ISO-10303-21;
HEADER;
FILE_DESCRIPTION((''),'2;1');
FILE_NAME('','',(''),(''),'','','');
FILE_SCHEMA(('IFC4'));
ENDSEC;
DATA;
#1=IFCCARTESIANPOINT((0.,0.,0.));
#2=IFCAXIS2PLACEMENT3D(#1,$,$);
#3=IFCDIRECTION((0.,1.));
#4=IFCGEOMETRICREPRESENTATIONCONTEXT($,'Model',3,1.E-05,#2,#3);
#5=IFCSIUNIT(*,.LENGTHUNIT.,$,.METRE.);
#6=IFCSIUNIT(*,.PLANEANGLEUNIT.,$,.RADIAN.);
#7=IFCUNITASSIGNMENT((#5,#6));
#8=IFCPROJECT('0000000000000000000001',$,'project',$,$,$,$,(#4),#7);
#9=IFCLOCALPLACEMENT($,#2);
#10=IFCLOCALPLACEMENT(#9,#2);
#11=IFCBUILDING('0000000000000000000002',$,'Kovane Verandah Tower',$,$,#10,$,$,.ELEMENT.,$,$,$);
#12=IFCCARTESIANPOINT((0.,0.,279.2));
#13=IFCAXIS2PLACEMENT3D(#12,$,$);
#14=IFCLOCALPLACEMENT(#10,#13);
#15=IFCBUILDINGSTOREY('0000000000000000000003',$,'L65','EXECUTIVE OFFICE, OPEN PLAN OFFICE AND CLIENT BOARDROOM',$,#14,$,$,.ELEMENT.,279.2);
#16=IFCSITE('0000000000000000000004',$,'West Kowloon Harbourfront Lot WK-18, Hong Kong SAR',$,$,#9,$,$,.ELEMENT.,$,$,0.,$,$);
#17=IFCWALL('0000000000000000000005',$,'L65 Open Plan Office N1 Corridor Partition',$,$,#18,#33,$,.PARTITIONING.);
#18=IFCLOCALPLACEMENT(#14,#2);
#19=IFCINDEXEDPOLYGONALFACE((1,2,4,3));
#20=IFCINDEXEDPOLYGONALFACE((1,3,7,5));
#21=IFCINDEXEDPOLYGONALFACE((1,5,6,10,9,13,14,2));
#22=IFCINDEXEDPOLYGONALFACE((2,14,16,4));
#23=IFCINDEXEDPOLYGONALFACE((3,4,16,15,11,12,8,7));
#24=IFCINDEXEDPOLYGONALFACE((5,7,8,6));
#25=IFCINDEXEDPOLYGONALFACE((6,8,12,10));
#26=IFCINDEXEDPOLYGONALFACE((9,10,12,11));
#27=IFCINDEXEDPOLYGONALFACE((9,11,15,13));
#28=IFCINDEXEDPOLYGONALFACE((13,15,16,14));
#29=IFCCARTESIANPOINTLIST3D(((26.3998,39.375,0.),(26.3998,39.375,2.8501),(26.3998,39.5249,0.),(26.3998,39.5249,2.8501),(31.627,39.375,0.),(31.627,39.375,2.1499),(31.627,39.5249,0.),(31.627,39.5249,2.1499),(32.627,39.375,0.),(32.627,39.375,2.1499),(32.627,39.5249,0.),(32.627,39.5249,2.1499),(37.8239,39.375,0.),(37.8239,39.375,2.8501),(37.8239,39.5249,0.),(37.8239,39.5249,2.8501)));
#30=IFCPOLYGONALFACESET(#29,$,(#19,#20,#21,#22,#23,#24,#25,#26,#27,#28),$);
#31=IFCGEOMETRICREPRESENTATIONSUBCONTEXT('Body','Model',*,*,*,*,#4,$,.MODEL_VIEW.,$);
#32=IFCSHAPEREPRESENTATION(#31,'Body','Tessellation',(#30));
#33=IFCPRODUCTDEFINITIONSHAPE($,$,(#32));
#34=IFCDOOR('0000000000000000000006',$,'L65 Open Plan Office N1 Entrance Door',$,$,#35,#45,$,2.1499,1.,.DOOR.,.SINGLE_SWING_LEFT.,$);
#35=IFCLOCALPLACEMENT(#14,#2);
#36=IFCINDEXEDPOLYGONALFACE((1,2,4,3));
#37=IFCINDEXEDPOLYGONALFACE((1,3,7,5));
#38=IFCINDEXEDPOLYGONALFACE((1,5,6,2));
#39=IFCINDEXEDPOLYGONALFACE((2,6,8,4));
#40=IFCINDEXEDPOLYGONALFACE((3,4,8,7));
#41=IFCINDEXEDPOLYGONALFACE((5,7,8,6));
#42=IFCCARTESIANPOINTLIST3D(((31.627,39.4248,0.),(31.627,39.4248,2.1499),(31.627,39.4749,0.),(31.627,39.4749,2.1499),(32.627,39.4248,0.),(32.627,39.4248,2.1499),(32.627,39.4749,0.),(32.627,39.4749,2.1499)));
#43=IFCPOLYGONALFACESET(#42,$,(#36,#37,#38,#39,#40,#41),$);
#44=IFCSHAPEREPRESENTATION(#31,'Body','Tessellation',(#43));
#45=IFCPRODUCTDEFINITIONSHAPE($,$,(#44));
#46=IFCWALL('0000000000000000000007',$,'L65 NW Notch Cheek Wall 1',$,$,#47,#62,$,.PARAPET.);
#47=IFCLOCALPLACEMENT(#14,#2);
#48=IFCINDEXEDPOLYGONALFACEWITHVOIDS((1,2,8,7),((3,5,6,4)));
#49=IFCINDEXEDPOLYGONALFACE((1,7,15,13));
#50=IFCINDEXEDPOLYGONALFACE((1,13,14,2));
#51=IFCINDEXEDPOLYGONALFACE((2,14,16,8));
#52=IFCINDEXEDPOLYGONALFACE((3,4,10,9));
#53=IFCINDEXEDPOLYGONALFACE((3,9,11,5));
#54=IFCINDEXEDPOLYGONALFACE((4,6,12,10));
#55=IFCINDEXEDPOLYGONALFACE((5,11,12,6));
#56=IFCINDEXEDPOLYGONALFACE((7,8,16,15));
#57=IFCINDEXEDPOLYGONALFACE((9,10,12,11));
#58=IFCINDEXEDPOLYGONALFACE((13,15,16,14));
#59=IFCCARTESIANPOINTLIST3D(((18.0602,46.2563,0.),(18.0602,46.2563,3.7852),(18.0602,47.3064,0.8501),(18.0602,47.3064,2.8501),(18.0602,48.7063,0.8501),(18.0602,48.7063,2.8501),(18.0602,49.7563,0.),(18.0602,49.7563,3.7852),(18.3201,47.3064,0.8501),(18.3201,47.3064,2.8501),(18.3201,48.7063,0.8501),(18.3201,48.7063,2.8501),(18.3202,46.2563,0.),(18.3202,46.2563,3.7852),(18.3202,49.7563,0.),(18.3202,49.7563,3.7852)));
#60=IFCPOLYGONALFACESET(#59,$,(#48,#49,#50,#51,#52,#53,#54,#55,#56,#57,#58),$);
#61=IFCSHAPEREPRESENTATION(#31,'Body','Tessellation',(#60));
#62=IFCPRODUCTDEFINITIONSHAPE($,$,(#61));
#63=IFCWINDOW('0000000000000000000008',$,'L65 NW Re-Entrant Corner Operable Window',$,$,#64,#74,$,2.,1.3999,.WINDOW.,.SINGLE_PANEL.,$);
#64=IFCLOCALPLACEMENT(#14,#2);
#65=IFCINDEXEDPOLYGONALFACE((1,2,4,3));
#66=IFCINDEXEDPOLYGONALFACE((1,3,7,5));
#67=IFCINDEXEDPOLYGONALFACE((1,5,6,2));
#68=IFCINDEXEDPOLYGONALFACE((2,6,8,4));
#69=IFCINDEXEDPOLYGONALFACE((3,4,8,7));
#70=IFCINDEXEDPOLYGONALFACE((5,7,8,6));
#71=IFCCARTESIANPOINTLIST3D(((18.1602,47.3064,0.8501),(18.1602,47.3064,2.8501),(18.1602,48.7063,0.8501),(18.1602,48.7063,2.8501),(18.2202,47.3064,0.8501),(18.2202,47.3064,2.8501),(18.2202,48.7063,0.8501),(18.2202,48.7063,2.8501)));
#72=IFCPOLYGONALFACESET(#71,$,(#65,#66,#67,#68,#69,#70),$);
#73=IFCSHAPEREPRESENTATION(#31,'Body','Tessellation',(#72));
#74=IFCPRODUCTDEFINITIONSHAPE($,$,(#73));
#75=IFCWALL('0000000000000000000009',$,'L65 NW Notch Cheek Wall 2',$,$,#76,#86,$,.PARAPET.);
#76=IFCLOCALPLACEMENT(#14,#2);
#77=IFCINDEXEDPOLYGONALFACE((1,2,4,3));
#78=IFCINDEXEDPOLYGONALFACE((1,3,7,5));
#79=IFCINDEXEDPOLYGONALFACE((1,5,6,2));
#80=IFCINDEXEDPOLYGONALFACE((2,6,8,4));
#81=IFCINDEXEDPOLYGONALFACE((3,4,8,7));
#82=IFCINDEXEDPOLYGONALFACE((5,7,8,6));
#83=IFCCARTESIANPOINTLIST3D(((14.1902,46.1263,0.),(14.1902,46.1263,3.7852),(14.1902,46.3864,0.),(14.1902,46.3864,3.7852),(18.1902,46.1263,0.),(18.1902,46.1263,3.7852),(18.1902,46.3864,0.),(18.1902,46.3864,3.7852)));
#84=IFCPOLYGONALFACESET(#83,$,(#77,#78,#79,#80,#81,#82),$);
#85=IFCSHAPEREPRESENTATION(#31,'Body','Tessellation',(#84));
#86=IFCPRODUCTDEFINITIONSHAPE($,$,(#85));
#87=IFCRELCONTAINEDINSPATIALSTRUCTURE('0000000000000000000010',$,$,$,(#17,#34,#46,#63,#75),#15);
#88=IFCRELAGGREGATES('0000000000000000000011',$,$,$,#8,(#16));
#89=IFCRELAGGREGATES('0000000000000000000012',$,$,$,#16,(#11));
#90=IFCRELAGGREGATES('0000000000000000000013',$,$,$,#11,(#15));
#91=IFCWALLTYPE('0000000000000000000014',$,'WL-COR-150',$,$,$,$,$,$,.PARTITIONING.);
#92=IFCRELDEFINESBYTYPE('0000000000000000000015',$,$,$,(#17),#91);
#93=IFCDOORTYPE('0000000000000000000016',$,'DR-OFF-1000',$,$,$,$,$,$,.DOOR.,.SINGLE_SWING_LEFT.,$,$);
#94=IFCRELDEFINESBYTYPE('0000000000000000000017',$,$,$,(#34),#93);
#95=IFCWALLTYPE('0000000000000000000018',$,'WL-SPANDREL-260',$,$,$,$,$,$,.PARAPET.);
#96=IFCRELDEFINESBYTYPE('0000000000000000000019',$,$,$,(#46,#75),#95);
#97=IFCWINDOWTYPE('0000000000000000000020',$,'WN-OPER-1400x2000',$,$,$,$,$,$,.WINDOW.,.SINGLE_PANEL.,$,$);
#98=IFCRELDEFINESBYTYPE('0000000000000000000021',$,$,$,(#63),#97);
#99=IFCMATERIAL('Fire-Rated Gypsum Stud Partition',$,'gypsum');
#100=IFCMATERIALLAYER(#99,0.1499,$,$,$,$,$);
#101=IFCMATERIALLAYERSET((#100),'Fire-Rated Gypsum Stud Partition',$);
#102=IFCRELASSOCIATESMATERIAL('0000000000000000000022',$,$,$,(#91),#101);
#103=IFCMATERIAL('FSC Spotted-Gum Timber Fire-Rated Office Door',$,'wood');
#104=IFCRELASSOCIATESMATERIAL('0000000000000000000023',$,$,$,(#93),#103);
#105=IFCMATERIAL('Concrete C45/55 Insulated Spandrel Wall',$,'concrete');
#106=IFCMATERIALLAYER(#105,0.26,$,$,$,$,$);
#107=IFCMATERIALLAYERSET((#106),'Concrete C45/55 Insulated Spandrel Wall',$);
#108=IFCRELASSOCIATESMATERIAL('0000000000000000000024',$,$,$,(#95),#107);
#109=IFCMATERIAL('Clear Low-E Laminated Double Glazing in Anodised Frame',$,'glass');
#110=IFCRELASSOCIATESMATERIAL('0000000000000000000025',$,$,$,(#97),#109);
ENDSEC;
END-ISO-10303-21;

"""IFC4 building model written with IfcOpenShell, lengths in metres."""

from ifc_helpers import new_model, si_unit, direction, frame, frame_2d, origin, place, context, subcontext, project, spatial, rectangle, extrude, material, layer, layer_set, type_object, element, fill, save


model = new_model("IFC4")

# Units and contexts
model_context = context("Model", 3, precision=1e-05, world=origin(), true_north=direction((0.0, 1.0)))
body_context = subcontext(model_context, "Body", "Model", "MODEL_VIEW")
ifc_project = project(units=[si_unit("LENGTHUNIT", "METRE"), si_unit("PLANEANGLEUNIT", "RADIAN")], contexts=[model_context])

# Site, building, storey
site_placement = place(None, origin())
site = spatial("IfcSite", under=ifc_project, at=site_placement, Name="West Kowloon Harbourfront Lot WK-18, Hong Kong SAR", CompositionType="ELEMENT", RefElevation=0.0)
building_placement = place(site_placement, origin())
building = spatial("IfcBuilding", under=site, at=building_placement, Name="Kovane Verandah Tower", CompositionType="ELEMENT")
storey_placement = place(building_placement, frame((0.0, 0.0, 279.2)))
storey = spatial("IfcBuildingStorey", under=building, at=storey_placement, Name="L65", Description="EXECUTIVE OFFICE, OPEN PLAN OFFICE AND CLIENT BOARDROOM", CompositionType="ELEMENT", Elevation=279.2)

# Wall, opening, door
ifc_material_1 = material(Name="Fire-Rated Gypsum Stud Partition", Category="gypsum")
ifc_layer_1 = layer(ifc_material_1, 0.1499)
ifc_layer_set_1 = layer_set([ifc_layer_1], Name="Fire-Rated Gypsum Stud Partition")
wall_type_1 = type_object("IfcWallType", Name="WL-COR-150", PredefinedType="PARTITIONING", material=ifc_layer_set_1)
wall_1_placement = place(storey_placement, frame((26.3999, 39.45, 0.0), z_axis=(0.0, 0.0, 1.0), x_axis=(1.0, 0.0, 0.0)))
wall_1 = element("IfcWall", 1, at=wall_1_placement, inside=storey, type_object=wall_type_1, Name="L65 Open Plan Office N1 Corridor Partition", PredefinedType="PARTITIONING", context=body_context, shape_type="SweptSolid", body=[
    extrude(rectangle(XDim=11.4241, YDim=0.1499, at=frame_2d((5.7119, 0.0))), origin(), (0.0, 0.0, 1.0), 2.8501),
])
opening_1_placement = place(wall_1_placement, frame((5.2271, 0.0, 0.0)))
opening_1 = element("IfcOpeningElement", 2, at=opening_1_placement, cuts=wall_1, PredefinedType="OPENING", context=body_context, shape_type="SweptSolid", body=[
    extrude(rectangle(XDim=1.0, YDim=2.1499, at=frame_2d((0.5, 1.075))), frame((0.0, 0.075, 0.0), z_axis=(0.0, -1.0, 0.0), x_axis=(1.0, 0.0, 0.0)), (0.0, 0.0, 1.0), 0.1499),
])
ifc_material_2 = material(Name="FSC Spotted-Gum Timber Fire-Rated Office Door", Category="wood")
door_type_1 = type_object("IfcDoorType", Name="DR-OFF-1000", OperationType="SINGLE_SWING_LEFT", PredefinedType="DOOR", material=ifc_material_2)
door_1_placement = place(opening_1_placement, origin())
door_1 = element("IfcDoor", 3, at=door_1_placement, inside=storey, type_object=door_type_1, Name="L65 Open Plan Office N1 Entrance Door", OperationType="SINGLE_SWING_LEFT", OverallHeight=2.1499, OverallWidth=1.0, PredefinedType="DOOR", context=body_context, shape_type="SweptSolid", body=[
    extrude(rectangle(XDim=1.0, YDim=2.1499, at=frame_2d((0.5, 1.075))), frame((0.0, 0.0249, 0.0), z_axis=(0.0, -1.0, 0.0), x_axis=(1.0, 0.0, 0.0)), (0.0, 0.0, 1.0), 0.05),
])
fill(opening_1, door_1)

# Shared definitions
ifc_material_3 = material(Name="Concrete C45/55 Insulated Spandrel Wall", Category="concrete")
ifc_layer_2 = layer(ifc_material_3, 0.26)
ifc_layer_set_2 = layer_set([ifc_layer_2], Name="Concrete C45/55 Insulated Spandrel Wall")
wall_type_2 = type_object("IfcWallType", Name="WL-SPANDREL-260", PredefinedType="PARAPET", material=ifc_layer_set_2)
ifc_material_4 = material(Name="Clear Low-E Laminated Double Glazing in Anodised Frame", Category="glass")

# Wall, opening, window
wall_2_placement = place(storey_placement, frame((18.1902, 49.7563, 0.0), z_axis=(0.0, 0.0, 1.0), x_axis=(0.0, -1.0, 0.0)))
wall_2 = element("IfcWall", 4, at=wall_2_placement, inside=storey, type_object=wall_type_2, Name="L65 NW Notch Cheek Wall 1", PredefinedType="PARAPET", context=body_context, shape_type="SweptSolid", body=[
    extrude(rectangle(XDim=3.5, YDim=0.26, at=frame_2d((1.75, 0.0))), origin(), (0.0, 0.0, 1.0), 3.7852),
])
opening_2_placement = place(wall_2_placement, frame((1.05, 0.0, 0.8501)))
opening_2 = element("IfcOpeningElement", 5, at=opening_2_placement, cuts=wall_2, PredefinedType="OPENING", context=body_context, shape_type="SweptSolid", body=[
    extrude(rectangle(XDim=1.3999, YDim=2.0, at=frame_2d((0.7, 1.0))), frame((0.0, 0.1299, 0.0), z_axis=(0.0, -1.0, 0.0), x_axis=(1.0, 0.0, 0.0)), (0.0, 0.0, 1.0), 0.26),
])
window_type_1 = type_object("IfcWindowType", Name="WN-OPER-1400x2000", PartitioningType="SINGLE_PANEL", PredefinedType="WINDOW", material=ifc_material_4)
window_1_placement = place(opening_2_placement, origin())
window_1 = element("IfcWindow", 6, at=window_1_placement, inside=storey, type_object=window_type_1, Name="L65 NW Re-Entrant Corner Operable Window", OverallHeight=2.0, OverallWidth=1.3999, PartitioningType="SINGLE_PANEL", PredefinedType="WINDOW", context=body_context, shape_type="SweptSolid", body=[
    extrude(rectangle(XDim=1.3999, YDim=2.0, at=frame_2d((0.7, 1.0))), frame((0.0, 0.03, 0.0), z_axis=(0.0, -1.0, 0.0), x_axis=(1.0, 0.0, 0.0)), (0.0, 0.0, 1.0), 0.0601),
])
fill(opening_2, window_1)

# Wall
wall_3_placement = place(storey_placement, frame((18.1902, 46.2563, 0.0), z_axis=(0.0, 0.0, 1.0), x_axis=(-1.0, 0.0, 0.0)))
element("IfcWall", 7, at=wall_3_placement, inside=storey, type_object=wall_type_2, Name="L65 NW Notch Cheek Wall 2", PredefinedType="PARAPET", context=body_context, shape_type="SweptSolid", body=[
    extrude(rectangle(XDim=4.0, YDim=0.26, at=frame_2d((2.0, 0.0))), origin(), (0.0, 0.0, 1.0), 3.7852),
])

save(model, "model.ifc")
